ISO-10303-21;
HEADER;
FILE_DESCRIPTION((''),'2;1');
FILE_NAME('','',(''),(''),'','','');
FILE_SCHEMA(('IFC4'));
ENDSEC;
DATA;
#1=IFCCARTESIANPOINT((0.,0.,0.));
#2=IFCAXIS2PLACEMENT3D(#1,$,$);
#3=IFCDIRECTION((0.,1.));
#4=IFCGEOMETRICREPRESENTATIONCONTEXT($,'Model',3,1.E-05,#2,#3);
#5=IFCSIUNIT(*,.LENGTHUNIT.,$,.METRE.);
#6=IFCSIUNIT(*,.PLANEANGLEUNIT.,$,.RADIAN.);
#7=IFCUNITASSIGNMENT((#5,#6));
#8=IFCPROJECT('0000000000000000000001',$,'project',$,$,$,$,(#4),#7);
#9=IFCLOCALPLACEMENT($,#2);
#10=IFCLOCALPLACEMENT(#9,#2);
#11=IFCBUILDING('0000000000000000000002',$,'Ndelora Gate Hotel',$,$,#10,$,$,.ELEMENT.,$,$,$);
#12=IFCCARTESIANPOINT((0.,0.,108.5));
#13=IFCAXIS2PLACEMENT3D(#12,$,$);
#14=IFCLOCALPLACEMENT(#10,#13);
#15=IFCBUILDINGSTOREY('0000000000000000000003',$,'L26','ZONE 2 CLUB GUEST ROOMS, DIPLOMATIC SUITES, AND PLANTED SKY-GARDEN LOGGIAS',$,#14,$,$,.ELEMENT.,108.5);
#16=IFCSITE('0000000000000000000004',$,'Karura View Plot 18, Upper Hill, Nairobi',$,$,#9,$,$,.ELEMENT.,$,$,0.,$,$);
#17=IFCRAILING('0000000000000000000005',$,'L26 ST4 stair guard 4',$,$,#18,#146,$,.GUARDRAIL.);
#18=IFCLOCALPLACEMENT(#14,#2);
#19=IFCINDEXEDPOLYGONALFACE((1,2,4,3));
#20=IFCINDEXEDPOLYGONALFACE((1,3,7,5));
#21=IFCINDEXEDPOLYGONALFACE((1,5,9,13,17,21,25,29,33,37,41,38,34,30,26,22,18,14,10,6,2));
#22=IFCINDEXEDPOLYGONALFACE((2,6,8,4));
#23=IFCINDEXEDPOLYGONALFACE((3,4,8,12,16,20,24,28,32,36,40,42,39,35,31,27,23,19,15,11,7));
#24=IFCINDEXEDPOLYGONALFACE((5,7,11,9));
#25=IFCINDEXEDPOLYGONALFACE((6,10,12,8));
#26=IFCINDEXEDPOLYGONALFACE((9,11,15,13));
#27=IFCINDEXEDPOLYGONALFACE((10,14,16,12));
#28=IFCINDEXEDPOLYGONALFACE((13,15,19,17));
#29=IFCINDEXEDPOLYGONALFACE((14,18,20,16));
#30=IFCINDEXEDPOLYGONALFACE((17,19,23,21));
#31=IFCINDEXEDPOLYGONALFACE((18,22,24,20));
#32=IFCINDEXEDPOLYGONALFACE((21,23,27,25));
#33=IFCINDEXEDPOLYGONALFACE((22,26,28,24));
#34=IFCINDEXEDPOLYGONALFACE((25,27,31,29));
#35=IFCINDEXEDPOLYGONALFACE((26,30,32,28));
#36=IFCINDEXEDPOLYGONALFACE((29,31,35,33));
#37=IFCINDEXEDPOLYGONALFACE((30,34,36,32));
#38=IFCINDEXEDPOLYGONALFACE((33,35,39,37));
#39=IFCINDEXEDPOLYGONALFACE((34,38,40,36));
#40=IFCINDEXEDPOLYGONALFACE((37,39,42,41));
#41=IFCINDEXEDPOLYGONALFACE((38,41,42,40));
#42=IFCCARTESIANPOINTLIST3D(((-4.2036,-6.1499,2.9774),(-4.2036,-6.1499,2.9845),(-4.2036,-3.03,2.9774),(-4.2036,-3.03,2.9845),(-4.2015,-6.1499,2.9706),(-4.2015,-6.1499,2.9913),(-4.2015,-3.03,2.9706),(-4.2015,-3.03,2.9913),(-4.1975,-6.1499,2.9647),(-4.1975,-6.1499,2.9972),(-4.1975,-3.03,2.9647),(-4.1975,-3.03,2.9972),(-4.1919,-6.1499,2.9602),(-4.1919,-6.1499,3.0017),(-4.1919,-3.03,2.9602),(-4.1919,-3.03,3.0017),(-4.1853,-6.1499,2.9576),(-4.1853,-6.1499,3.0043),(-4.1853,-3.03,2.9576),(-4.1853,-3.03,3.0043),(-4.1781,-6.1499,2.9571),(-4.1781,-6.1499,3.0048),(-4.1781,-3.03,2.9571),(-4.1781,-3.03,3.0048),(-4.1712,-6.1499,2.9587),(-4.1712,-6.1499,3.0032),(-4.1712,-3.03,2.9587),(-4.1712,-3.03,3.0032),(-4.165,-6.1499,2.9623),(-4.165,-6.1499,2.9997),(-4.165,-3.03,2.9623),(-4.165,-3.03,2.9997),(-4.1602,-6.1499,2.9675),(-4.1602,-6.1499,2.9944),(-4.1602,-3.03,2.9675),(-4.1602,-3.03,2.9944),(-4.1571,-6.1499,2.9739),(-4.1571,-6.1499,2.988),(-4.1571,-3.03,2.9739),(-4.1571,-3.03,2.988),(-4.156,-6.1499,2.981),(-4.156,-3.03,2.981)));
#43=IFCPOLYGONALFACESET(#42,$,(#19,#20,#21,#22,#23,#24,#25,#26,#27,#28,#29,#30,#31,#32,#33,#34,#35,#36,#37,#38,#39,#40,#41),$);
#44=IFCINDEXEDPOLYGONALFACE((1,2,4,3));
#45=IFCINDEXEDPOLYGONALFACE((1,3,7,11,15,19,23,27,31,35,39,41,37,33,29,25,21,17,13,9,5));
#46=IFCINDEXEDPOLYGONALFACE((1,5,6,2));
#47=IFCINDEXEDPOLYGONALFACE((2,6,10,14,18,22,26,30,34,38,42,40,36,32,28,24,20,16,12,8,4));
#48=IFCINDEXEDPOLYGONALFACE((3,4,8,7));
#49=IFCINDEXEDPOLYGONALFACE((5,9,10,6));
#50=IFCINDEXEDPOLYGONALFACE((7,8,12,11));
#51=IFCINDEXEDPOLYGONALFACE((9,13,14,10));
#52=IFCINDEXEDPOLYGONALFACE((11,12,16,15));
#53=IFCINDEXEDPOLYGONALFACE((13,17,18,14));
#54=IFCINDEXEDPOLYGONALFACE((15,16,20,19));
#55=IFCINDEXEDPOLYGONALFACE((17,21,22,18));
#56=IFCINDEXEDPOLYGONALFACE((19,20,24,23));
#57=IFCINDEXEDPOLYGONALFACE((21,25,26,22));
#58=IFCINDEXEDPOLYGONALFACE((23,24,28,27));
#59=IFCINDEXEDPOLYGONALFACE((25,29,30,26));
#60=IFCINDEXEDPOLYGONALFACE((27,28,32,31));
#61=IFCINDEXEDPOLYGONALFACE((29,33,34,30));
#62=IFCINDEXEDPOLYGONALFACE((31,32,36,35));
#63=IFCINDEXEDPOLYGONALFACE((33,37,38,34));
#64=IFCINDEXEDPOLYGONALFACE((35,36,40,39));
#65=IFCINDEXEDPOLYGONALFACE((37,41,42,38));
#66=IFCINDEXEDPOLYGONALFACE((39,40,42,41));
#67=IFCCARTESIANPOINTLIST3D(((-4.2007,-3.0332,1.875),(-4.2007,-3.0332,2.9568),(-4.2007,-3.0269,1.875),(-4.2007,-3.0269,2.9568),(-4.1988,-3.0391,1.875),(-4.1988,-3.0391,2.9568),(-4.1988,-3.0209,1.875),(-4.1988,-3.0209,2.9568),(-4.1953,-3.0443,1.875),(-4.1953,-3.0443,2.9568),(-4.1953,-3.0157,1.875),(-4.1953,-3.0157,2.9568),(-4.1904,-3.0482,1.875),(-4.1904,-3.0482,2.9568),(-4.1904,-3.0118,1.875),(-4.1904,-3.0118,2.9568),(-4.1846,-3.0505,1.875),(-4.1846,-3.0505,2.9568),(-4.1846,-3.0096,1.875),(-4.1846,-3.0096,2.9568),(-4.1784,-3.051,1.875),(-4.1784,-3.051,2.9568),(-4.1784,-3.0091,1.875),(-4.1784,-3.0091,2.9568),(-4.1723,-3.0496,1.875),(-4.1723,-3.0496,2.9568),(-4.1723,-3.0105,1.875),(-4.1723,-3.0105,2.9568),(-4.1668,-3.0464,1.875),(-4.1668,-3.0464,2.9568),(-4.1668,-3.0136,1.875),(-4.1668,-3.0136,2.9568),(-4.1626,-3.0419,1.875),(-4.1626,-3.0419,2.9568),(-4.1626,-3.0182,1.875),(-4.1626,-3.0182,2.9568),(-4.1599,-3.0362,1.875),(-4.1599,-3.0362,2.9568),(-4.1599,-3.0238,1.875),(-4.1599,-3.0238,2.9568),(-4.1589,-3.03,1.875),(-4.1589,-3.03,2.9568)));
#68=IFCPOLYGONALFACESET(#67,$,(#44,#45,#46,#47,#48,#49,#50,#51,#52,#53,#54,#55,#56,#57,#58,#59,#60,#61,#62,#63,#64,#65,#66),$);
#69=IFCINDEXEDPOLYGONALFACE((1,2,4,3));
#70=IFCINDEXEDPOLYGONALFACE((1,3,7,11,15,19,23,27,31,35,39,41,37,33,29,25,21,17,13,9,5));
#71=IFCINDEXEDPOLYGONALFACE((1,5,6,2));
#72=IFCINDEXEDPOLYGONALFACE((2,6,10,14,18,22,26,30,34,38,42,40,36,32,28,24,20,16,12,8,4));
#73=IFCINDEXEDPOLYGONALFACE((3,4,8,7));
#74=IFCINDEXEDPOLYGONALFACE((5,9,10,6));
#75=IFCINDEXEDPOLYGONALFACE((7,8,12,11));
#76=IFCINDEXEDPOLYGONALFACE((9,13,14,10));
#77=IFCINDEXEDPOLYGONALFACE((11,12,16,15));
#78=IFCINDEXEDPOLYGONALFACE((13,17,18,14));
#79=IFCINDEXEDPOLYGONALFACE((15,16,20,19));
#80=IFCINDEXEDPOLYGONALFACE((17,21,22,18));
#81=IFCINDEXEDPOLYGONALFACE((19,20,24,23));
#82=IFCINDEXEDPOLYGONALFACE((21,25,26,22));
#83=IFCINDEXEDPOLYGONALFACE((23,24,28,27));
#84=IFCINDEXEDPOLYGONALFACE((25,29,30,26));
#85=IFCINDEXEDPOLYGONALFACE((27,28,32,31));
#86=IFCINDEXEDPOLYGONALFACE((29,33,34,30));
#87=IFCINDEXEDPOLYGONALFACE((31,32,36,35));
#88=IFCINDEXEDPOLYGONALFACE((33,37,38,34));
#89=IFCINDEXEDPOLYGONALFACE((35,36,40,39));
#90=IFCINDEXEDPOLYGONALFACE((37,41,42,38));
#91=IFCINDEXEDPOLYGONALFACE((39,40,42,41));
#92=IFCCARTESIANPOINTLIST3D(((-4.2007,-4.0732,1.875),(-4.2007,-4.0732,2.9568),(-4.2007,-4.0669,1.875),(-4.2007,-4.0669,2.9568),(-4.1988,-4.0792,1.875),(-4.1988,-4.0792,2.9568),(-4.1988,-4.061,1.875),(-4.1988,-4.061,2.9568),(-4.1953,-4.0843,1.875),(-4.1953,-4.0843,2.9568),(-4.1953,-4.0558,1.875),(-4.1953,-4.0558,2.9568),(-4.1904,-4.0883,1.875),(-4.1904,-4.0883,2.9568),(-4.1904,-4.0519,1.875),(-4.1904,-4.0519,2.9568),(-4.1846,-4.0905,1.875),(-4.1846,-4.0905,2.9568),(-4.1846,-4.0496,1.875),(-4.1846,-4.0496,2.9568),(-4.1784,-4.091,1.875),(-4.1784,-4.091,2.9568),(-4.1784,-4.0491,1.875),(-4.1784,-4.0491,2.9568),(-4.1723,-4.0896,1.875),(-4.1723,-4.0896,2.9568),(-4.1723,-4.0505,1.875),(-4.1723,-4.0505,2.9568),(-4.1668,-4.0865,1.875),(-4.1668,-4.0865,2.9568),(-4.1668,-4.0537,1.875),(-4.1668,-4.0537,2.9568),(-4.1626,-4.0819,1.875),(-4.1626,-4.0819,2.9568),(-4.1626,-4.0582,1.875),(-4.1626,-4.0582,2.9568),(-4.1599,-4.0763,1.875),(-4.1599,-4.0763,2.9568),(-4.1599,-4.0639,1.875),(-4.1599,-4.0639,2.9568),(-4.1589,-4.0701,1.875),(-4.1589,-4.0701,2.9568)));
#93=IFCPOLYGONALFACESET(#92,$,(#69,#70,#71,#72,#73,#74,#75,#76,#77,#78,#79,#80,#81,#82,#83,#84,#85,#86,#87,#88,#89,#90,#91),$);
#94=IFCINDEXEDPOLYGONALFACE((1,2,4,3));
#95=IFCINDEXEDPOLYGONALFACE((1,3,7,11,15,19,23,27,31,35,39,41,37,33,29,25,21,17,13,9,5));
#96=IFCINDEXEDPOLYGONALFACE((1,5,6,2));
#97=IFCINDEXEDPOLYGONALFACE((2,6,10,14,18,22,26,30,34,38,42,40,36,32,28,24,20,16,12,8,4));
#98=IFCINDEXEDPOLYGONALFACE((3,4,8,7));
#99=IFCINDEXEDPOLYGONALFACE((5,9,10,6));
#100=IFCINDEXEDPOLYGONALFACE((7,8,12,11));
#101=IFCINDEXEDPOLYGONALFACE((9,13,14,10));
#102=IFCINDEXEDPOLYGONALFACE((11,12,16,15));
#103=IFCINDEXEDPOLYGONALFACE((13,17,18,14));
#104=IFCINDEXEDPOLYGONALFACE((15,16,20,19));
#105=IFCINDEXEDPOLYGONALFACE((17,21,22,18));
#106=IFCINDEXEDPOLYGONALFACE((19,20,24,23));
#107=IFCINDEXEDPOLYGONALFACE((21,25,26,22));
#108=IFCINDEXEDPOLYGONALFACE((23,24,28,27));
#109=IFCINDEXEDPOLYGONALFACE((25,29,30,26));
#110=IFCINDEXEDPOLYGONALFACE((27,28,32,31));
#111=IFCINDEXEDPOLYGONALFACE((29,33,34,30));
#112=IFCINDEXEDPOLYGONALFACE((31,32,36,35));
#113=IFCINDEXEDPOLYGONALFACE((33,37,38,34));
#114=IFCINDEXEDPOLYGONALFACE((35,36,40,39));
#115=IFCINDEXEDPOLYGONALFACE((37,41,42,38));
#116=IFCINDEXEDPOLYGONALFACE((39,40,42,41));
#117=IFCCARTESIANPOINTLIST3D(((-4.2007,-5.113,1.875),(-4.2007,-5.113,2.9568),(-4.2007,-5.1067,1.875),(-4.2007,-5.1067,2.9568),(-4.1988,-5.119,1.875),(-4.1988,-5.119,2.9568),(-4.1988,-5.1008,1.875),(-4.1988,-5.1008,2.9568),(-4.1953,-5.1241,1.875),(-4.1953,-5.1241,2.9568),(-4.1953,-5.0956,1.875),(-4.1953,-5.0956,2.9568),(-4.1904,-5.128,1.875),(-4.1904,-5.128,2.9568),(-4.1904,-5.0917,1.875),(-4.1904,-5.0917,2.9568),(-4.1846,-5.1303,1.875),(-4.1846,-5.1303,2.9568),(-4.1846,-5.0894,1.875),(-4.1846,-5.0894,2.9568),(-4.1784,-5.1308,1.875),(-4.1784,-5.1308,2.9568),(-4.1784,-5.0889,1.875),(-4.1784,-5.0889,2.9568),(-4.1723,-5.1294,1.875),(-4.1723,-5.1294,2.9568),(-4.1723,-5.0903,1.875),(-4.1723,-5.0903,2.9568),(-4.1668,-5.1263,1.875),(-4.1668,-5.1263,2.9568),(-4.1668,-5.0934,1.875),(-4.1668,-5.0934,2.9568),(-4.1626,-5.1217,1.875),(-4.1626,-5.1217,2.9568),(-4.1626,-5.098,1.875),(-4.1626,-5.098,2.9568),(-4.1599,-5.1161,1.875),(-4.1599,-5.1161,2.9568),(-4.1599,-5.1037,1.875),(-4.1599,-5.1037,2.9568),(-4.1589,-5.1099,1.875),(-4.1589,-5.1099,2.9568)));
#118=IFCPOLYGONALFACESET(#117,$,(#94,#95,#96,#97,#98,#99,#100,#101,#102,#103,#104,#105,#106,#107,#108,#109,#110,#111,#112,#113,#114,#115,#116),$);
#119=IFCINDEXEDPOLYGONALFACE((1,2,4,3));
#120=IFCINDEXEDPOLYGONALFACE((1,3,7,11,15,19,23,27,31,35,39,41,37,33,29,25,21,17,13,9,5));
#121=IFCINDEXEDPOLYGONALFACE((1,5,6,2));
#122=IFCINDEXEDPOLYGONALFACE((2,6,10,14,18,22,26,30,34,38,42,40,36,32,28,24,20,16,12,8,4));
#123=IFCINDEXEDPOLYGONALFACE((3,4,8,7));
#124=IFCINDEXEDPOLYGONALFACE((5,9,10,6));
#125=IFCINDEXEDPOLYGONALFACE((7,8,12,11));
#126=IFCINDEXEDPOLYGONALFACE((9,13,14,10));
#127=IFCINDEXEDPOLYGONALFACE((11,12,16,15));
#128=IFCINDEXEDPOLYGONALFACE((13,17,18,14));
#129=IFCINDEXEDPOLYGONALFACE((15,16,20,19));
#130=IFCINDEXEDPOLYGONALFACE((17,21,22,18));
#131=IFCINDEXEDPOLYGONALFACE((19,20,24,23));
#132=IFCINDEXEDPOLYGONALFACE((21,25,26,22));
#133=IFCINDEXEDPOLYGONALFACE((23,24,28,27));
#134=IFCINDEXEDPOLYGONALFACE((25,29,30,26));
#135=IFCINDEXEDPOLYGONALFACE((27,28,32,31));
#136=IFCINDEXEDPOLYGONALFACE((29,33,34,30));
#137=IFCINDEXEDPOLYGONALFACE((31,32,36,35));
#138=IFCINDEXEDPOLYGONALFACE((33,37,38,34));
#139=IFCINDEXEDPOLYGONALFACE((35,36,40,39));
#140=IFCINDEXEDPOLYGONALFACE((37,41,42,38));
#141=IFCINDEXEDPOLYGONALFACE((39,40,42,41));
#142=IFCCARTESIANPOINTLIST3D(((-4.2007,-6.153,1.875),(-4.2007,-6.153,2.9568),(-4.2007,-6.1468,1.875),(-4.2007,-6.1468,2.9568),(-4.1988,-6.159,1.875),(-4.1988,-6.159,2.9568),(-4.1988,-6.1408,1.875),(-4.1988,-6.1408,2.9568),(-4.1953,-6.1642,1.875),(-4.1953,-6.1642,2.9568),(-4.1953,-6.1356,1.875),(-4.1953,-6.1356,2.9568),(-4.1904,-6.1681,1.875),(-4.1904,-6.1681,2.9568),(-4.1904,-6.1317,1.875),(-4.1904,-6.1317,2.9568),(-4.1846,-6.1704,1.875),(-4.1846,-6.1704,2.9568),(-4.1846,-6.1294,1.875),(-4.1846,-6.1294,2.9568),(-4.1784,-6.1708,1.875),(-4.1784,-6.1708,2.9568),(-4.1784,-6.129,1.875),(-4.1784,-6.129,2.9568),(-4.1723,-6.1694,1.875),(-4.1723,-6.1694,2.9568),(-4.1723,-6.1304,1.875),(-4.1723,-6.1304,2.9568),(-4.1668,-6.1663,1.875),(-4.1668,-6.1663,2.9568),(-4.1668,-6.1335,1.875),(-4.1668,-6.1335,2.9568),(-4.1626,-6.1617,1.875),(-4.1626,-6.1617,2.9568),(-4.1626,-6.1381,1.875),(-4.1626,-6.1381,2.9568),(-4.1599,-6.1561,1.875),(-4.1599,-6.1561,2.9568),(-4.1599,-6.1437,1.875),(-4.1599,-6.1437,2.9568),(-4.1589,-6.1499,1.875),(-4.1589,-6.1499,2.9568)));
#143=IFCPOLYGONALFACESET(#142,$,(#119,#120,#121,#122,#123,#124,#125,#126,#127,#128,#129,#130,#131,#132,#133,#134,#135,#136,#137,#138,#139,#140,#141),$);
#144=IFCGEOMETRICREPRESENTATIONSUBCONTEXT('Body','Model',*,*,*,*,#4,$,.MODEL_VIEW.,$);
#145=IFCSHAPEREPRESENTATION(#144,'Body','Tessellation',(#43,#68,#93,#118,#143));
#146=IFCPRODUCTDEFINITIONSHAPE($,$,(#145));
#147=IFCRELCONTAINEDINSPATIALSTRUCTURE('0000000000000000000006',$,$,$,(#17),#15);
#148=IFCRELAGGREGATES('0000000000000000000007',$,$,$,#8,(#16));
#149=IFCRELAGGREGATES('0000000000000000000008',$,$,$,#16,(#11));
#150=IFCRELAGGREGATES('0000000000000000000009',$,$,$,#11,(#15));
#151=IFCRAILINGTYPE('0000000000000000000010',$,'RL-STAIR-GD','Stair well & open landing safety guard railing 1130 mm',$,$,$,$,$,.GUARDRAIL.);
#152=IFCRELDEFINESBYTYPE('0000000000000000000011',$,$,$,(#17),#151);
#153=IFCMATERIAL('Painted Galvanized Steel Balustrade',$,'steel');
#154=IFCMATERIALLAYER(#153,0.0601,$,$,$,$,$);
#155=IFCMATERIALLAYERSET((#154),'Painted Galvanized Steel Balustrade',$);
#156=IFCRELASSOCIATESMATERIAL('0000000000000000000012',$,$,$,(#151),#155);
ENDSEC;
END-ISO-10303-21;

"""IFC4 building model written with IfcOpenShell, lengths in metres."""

from ifc_helpers import new_model, si_unit, direction, frame, origin, origin_2d, place, context, subcontext, project, spatial, circle, extrude, material, layer, layer_set, type_object, element, save


model = new_model("IFC4")

# Units and contexts
model_context = context("Model", 3, precision=1e-05, world=origin(), true_north=direction((0.0, 1.0)))
body_context = subcontext(model_context, "Body", "Model", "MODEL_VIEW")
ifc_project = project(units=[si_unit("LENGTHUNIT", "METRE"), si_unit("PLANEANGLEUNIT", "RADIAN")], contexts=[model_context])

# Site, building, storey
site_placement = place(None, origin())
site = spatial("IfcSite", under=ifc_project, at=site_placement, Name="Karura View Plot 18, Upper Hill, Nairobi", CompositionType="ELEMENT", RefElevation=0.0)
building_placement = place(site_placement, origin())
building = spatial("IfcBuilding", under=site, at=building_placement, Name="Ndelora Gate Hotel", CompositionType="ELEMENT")
storey_placement = place(building_placement, frame((0.0, 0.0, 108.5)))
storey = spatial("IfcBuildingStorey", under=building, at=storey_placement, Name="L26", Description="ZONE 2 CLUB GUEST ROOMS, DIPLOMATIC SUITES, AND PLANTED SKY-GARDEN LOGGIAS", CompositionType="ELEMENT", Elevation=108.5)

# Railing
ifc_material_1 = material(Name="Painted Galvanized Steel Balustrade", Category="steel")
ifc_layer_1 = layer(ifc_material_1, 0.0601)
ifc_layer_set_1 = layer_set([ifc_layer_1], Name="Painted Galvanized Steel Balustrade")
railing_type_1 = type_object("IfcRailingType", Name="RL-STAIR-GD", Description="Stair well & open landing safety guard railing 1130 mm", PredefinedType="GUARDRAIL", material=ifc_layer_set_1)
for number, where, name in (
    (1, (-4.1799, -3.03, 1.875), "L26 ST4 stair guard 4"),
):
    element("IfcRailing", number, at=place(storey_placement, frame(where)), inside=storey, type_object=railing_type_1, Name=name, PredefinedType="GUARDRAIL", context=body_context, shape_type="SweptSolid", body=[
        extrude(circle(Radius=0.0239, at=origin_2d()), frame((0.0, 0.0, 1.106), z_axis=(0.0, -1.0, 0.0), x_axis=(1.0, 0.0, 0.0)), (0.0, 0.0, 1.0), 3.1199),
        extrude(circle(Radius=0.021, at=origin_2d()), origin(), (0.0, 0.0, 1.0), 1.0818),
        extrude(circle(Radius=0.021, at=origin_2d()), frame((0.0, -1.04, 0.0)), (0.0, 0.0, 1.0), 1.0818),
        extrude(circle(Radius=0.021, at=origin_2d()), frame((0.0, -2.0798, 0.0)), (0.0, 0.0, 1.0), 1.0818),
        extrude(circle(Radius=0.021, at=origin_2d()), frame((0.0, -3.1199, 0.0)), (0.0, 0.0, 1.0), 1.0818),
    ])

save(model, "model.ifc")
